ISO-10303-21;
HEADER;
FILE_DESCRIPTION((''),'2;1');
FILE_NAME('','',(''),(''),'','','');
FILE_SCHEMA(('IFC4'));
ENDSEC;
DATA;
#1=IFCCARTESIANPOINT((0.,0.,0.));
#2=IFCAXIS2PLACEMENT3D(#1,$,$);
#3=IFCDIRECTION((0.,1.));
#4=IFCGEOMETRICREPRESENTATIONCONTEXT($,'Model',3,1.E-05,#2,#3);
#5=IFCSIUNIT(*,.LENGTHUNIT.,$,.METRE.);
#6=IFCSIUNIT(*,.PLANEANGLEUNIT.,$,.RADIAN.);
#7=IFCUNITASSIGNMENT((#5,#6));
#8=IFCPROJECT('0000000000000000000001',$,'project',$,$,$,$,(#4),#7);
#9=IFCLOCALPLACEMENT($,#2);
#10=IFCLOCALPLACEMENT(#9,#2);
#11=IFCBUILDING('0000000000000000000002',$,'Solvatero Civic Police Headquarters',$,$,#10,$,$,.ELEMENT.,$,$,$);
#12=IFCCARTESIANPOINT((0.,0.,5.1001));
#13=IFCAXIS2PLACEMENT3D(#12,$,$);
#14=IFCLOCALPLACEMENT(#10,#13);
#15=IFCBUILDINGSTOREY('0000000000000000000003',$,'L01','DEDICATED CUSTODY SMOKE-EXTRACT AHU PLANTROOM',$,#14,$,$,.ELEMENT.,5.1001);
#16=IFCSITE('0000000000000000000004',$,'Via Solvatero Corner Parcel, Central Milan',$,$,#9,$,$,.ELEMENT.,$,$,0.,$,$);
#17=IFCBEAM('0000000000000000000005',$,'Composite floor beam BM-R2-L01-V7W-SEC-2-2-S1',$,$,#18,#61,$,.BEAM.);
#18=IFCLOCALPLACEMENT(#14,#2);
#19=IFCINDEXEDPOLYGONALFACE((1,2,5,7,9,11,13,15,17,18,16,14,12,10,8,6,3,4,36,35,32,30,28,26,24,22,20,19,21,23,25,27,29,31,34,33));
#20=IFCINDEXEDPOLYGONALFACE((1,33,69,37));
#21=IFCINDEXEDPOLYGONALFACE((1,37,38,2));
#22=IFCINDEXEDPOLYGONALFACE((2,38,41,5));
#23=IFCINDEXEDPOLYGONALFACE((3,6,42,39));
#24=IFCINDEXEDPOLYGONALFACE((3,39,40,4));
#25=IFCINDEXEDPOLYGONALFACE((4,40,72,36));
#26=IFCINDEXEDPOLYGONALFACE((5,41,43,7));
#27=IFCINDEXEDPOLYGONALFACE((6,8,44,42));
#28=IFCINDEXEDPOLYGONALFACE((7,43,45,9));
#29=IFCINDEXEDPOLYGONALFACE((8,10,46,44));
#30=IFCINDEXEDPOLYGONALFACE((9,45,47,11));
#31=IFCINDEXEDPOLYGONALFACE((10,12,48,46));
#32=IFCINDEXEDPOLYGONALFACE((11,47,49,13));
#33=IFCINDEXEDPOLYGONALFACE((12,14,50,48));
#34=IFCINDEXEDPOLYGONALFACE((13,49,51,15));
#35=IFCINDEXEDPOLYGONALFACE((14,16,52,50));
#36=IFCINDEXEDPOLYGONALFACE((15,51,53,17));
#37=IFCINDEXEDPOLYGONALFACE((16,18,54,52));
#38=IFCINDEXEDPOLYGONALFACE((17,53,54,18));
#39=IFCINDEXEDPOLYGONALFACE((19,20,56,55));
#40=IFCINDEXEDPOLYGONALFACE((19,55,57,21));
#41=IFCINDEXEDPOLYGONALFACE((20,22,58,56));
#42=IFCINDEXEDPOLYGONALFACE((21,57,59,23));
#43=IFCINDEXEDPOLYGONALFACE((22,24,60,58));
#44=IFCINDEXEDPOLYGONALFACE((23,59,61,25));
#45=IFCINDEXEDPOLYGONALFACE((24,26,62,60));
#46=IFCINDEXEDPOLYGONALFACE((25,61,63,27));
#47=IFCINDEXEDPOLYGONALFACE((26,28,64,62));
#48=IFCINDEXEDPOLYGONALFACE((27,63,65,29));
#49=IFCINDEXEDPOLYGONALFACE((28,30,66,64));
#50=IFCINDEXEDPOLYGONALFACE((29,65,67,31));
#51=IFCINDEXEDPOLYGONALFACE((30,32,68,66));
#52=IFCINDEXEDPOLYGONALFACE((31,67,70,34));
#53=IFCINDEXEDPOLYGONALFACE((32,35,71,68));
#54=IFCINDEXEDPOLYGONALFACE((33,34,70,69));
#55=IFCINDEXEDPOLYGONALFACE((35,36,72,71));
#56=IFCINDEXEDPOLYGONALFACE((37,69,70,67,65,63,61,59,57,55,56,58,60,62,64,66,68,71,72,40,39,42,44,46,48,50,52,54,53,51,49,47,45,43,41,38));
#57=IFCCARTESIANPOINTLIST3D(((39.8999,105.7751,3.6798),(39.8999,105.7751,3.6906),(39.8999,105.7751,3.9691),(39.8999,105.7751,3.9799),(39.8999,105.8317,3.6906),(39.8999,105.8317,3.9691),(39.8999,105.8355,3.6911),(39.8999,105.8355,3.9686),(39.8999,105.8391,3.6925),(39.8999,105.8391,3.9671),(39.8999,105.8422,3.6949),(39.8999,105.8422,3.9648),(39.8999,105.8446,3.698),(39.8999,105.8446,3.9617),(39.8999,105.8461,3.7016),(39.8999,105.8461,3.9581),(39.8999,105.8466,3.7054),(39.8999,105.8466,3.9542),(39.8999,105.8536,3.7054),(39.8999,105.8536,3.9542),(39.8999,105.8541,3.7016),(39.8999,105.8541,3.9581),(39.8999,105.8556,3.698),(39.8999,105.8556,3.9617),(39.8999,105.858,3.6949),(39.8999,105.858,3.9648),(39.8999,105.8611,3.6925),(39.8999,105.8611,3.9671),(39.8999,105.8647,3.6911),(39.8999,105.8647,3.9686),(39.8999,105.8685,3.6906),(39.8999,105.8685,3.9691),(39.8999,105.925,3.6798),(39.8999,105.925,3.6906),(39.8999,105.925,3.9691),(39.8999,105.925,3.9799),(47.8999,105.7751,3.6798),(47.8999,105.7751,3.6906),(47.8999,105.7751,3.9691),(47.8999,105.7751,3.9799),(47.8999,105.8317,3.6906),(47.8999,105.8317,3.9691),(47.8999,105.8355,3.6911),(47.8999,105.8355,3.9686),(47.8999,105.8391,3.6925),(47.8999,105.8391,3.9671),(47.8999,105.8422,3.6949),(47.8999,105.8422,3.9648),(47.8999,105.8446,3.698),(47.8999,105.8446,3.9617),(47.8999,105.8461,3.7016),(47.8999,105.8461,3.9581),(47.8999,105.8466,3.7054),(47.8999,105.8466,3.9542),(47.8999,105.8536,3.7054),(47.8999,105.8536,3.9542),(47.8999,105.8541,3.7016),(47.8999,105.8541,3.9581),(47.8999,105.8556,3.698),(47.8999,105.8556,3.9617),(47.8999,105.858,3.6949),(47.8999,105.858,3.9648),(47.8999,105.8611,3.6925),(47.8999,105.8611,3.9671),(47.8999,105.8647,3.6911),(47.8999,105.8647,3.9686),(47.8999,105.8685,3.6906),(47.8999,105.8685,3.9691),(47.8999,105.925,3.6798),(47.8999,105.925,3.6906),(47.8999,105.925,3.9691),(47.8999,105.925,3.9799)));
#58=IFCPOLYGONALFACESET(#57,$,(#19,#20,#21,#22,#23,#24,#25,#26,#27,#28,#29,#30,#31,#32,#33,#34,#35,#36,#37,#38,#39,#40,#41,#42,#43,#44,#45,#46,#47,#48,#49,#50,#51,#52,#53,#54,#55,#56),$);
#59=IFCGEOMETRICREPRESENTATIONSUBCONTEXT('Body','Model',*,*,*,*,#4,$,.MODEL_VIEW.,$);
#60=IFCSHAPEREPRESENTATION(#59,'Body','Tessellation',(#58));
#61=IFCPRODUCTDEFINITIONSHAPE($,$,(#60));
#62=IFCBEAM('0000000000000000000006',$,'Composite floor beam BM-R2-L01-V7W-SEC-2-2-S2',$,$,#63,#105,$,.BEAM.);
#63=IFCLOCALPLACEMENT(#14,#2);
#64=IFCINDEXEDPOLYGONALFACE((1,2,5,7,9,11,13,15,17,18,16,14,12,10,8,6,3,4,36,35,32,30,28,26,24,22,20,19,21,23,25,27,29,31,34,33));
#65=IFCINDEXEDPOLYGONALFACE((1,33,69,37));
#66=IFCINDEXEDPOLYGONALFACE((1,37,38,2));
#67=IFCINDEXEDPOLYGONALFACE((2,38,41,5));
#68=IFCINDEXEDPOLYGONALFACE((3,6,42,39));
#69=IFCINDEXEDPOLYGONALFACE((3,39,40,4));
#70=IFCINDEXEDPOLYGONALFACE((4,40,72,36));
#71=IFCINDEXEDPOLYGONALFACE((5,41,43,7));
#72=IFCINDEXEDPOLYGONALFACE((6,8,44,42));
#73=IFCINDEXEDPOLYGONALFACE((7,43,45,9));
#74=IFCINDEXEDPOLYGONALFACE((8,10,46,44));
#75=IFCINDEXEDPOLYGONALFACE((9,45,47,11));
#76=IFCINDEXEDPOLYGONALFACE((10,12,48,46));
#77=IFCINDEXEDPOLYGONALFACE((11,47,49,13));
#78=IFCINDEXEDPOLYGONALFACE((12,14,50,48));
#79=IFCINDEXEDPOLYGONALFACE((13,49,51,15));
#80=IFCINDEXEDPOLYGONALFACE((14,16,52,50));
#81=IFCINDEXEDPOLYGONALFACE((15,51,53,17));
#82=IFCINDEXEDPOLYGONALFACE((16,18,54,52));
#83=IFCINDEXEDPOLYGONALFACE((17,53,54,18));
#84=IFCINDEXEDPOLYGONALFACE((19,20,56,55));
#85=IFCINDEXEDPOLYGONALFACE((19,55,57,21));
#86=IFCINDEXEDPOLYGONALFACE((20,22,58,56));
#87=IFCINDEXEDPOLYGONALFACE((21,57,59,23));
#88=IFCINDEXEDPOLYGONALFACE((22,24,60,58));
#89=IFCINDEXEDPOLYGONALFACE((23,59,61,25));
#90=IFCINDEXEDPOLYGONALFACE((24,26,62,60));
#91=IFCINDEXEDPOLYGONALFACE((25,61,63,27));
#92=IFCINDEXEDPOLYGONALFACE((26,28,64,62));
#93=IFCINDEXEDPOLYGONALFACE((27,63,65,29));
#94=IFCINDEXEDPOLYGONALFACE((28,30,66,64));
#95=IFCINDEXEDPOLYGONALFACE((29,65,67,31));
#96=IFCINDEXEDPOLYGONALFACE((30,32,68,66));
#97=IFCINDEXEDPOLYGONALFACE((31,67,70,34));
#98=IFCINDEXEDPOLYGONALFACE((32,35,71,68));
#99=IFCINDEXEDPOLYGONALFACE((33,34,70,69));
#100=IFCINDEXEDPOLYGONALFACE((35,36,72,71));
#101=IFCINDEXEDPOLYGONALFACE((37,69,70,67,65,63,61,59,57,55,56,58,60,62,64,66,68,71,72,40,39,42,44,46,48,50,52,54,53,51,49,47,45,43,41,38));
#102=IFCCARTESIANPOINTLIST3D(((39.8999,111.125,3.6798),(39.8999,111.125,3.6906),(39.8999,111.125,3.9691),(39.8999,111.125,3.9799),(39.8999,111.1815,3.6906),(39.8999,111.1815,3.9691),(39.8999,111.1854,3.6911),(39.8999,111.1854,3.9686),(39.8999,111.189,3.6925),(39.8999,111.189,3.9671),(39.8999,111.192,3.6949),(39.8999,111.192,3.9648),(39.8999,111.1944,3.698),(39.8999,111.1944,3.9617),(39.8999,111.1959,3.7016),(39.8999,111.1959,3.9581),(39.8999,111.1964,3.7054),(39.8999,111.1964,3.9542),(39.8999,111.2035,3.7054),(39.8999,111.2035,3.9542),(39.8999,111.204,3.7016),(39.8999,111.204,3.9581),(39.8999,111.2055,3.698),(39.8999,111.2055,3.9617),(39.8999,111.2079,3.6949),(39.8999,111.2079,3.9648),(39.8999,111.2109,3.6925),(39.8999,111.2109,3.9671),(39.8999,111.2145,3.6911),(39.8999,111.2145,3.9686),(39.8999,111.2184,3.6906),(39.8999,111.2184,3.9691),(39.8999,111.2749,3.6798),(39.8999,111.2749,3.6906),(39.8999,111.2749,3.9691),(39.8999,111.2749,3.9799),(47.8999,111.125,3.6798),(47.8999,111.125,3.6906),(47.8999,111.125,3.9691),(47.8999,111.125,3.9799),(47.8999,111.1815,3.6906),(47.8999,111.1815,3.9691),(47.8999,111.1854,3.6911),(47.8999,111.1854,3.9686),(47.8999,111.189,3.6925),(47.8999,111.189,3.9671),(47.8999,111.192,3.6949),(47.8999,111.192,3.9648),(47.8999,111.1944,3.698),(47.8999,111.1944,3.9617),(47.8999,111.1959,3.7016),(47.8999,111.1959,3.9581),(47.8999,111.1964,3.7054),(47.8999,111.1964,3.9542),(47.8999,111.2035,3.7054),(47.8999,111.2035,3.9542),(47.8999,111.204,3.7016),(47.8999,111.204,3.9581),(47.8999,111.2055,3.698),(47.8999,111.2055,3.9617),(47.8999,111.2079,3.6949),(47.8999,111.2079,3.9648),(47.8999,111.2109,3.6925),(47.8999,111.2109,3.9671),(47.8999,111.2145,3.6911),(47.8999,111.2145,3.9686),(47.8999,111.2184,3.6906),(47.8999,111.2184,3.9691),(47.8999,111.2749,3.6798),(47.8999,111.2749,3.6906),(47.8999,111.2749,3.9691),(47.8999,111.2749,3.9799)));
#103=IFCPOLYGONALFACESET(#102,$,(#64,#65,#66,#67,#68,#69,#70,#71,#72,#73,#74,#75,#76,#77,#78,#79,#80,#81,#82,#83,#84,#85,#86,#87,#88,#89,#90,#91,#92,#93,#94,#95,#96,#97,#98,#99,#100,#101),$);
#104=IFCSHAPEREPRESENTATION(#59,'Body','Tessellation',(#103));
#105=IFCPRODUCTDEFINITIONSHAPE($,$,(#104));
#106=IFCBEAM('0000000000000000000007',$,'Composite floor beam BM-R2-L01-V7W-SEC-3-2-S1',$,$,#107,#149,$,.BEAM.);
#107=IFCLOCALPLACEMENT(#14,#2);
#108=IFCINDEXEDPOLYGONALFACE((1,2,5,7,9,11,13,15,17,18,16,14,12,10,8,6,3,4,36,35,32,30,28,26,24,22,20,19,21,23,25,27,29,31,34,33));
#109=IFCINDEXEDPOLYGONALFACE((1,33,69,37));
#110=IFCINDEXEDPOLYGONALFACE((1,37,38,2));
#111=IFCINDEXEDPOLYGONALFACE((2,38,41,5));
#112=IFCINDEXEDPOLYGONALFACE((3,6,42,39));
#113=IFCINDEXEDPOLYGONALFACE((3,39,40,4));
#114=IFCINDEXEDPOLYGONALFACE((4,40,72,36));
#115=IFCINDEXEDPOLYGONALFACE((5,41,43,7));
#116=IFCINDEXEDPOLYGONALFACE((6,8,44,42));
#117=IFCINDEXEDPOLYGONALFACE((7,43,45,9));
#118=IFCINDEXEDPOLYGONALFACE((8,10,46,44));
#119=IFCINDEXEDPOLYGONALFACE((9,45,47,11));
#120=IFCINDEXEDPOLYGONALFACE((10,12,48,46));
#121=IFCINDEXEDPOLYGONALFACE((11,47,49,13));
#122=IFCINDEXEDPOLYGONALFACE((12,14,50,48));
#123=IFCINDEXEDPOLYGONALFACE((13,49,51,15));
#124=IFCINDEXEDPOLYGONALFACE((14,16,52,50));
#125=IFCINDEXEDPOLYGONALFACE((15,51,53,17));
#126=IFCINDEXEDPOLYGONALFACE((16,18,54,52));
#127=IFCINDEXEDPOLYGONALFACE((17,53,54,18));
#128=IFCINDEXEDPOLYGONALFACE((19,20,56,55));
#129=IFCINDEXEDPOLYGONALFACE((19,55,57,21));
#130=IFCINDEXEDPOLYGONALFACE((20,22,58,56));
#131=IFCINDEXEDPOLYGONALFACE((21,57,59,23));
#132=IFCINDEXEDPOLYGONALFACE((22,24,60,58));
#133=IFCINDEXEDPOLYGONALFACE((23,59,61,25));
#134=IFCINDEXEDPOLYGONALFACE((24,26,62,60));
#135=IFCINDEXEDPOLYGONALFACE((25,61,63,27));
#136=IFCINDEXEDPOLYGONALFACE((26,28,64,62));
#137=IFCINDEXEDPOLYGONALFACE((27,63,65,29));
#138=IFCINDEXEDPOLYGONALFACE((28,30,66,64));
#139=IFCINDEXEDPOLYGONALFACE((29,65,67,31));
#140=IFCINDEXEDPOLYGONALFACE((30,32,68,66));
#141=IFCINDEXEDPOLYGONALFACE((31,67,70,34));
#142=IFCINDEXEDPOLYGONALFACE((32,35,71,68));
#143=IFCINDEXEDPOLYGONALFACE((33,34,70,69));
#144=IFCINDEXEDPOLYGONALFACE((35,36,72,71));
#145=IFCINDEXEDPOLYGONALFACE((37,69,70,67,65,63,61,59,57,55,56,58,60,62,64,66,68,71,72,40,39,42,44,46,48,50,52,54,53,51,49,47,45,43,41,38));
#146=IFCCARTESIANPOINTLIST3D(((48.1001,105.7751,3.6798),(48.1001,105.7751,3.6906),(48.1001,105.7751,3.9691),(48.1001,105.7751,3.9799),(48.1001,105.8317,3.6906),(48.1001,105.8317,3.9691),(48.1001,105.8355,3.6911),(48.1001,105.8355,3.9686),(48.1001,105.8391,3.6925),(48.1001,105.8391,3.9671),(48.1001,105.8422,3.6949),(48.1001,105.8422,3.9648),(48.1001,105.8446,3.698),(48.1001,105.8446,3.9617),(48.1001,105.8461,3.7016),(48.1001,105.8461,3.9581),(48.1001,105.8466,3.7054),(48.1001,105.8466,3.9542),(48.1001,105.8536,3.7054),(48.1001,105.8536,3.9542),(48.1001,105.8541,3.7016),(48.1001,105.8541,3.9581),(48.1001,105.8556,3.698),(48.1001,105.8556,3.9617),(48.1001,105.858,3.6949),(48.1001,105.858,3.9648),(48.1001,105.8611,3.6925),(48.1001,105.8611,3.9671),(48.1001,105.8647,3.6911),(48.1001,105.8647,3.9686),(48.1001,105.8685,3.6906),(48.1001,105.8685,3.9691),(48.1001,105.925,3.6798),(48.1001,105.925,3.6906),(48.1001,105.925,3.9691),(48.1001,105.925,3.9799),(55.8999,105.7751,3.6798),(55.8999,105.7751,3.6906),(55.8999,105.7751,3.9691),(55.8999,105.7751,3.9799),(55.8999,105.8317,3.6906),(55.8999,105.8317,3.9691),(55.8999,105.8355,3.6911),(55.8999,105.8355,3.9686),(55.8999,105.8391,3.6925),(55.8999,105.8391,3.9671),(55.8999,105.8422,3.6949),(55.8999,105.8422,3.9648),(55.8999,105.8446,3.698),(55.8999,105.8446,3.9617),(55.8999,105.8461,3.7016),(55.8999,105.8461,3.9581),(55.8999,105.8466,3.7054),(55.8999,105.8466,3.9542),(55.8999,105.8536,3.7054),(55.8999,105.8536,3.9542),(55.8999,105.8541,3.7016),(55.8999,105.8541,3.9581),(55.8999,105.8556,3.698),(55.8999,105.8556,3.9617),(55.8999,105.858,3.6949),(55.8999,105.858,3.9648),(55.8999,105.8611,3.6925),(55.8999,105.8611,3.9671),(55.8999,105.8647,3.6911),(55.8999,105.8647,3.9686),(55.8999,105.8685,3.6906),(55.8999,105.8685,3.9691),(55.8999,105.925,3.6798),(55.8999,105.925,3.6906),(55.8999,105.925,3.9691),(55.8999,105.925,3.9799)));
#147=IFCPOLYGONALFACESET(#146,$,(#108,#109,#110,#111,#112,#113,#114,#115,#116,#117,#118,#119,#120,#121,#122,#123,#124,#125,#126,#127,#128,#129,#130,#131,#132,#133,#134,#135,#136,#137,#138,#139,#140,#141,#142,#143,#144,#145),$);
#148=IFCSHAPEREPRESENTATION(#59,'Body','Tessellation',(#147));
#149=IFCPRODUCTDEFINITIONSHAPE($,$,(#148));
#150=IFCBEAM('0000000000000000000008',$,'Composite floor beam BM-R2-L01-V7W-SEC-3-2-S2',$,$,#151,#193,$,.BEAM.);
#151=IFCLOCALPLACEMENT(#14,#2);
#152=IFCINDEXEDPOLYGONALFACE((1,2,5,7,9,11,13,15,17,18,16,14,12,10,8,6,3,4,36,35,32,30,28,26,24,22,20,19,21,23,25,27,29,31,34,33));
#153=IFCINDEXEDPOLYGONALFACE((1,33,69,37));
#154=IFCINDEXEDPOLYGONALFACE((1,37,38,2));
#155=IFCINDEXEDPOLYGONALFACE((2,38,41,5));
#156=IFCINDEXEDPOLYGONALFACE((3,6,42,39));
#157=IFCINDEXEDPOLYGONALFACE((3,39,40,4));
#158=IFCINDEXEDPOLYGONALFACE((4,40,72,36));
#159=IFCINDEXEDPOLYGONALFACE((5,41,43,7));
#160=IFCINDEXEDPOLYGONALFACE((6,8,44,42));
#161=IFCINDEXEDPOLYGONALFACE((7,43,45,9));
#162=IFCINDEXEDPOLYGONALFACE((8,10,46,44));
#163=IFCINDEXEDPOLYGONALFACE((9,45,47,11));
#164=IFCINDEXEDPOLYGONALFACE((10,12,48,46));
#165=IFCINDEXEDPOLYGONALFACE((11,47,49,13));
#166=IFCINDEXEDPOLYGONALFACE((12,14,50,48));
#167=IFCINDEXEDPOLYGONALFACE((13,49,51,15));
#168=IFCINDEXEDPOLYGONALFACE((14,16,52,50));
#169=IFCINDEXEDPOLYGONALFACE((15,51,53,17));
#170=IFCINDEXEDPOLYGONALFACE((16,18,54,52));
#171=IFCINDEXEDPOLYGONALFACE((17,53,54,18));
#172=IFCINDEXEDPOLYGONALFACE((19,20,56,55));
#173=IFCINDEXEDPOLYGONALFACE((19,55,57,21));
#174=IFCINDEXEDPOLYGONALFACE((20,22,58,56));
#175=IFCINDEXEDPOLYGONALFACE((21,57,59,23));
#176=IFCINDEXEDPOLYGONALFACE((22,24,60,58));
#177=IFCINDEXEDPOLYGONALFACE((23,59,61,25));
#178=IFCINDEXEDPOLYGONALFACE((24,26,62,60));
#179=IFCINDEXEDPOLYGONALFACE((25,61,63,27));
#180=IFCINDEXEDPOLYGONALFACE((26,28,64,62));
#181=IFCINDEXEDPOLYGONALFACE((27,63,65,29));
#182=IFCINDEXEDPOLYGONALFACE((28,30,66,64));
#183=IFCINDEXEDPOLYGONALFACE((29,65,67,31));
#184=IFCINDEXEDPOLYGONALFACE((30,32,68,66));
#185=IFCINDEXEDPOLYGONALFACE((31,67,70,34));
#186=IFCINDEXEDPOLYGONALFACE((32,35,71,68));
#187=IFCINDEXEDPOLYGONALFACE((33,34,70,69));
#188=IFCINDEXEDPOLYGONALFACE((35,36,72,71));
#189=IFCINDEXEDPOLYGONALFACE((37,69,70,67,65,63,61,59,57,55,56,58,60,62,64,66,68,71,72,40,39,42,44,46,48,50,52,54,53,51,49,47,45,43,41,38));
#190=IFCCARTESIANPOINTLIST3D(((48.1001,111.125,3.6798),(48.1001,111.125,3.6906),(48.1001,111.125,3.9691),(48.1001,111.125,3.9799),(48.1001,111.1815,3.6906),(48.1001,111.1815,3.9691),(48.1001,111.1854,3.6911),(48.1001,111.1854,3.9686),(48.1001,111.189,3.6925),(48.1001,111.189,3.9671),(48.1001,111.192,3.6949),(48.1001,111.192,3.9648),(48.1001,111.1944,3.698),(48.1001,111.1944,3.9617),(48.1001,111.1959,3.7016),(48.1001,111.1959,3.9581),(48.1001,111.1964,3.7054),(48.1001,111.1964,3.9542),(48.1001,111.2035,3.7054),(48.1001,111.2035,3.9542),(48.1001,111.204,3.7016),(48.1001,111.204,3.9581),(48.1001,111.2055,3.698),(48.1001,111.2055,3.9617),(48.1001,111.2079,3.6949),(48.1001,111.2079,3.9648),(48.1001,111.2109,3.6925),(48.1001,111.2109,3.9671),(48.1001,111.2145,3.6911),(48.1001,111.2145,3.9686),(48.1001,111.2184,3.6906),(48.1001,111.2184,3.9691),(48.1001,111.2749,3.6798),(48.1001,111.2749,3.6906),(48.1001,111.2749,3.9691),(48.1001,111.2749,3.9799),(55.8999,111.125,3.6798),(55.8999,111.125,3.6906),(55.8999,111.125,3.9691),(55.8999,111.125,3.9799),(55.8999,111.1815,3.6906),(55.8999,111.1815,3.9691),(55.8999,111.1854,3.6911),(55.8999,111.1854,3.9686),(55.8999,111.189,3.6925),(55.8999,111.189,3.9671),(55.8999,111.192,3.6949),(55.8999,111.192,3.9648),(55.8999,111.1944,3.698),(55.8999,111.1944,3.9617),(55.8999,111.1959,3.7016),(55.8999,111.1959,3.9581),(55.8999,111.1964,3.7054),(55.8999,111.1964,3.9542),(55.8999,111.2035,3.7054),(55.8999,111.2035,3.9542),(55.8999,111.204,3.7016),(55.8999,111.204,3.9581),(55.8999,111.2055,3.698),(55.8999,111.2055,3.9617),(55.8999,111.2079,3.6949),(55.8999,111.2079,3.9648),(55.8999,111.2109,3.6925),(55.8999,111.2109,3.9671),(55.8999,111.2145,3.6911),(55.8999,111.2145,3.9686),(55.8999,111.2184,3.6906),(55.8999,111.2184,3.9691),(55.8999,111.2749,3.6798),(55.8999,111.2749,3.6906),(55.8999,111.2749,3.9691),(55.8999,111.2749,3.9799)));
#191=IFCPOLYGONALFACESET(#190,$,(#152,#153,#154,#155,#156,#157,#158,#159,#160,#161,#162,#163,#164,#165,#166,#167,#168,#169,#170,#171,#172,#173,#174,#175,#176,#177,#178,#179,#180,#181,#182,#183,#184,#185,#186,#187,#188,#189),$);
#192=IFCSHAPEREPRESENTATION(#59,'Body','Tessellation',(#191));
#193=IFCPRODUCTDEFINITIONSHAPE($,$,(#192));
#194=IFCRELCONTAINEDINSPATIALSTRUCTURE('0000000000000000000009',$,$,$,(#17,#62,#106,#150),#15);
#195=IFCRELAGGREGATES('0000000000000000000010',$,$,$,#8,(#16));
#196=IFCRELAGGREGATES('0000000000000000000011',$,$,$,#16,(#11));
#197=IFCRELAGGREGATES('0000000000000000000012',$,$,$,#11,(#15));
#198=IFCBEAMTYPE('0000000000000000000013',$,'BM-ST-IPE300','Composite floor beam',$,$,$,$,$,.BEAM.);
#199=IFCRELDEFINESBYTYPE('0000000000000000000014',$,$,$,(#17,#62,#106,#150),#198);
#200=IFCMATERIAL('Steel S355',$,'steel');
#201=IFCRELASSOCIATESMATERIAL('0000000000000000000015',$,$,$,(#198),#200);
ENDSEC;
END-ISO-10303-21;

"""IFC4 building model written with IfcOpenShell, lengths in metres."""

from ifc_helpers import new_model, si_unit, direction, frame, origin, origin_2d, place, context, subcontext, project, spatial, i_section, extrude, material, material_profile, profile_set, type_object, element, save


model = new_model("IFC4")

# Units and contexts
model_context = context("Model", 3, precision=1e-05, world=origin(), true_north=direction((0.0, 1.0)))
body_context = subcontext(model_context, "Body", "Model", "MODEL_VIEW")
ifc_project = project(units=[si_unit("LENGTHUNIT", "METRE"), si_unit("PLANEANGLEUNIT", "RADIAN")], contexts=[model_context])

# Site, building, storey
site_placement = place(None, origin())
site = spatial("IfcSite", under=ifc_project, at=site_placement, Name="Via Solvatero Corner Parcel, Central Milan", CompositionType="ELEMENT", RefElevation=0.0)
building_placement = place(site_placement, origin())
building = spatial("IfcBuilding", under=site, at=building_placement, Name="Solvatero Civic Police Headquarters", CompositionType="ELEMENT")
storey_placement = place(building_placement, frame((0.0, 0.0, 5.1001)))
storey = spatial("IfcBuildingStorey", under=building, at=storey_placement, Name="L01", Description="DEDICATED CUSTODY SMOKE-EXTRACT AHU PLANTROOM", CompositionType="ELEMENT", Elevation=5.1001)

# Shared definitions
ifc_material = material(Name="Steel S355", Category="steel")

# Beams
ifc_material_profile_1 = material_profile(ifc_material, i_section(OverallWidth=0.1499, OverallDepth=0.3, WebThickness=0.0071, FlangeThickness=0.0107, FilletRadius=0.0149, at=origin_2d()), Name="IPE 300")
ifc_profile_set_1 = profile_set([ifc_material_profile_1], Name="Steel S355")
beam_type_1 = type_object("IfcBeamType", Name="BM-ST-IPE300", Description="Composite floor beam", PredefinedType="BEAM", material=ifc_profile_set_1)
for number, where, z_axis, x_axis, name in (
    (1, (39.8999, 105.8501, 3.8298), (1.0, 0.0, 0.0), (0.0, 1.0, 0.0), "Composite floor beam BM-R2-L01-V7W-SEC-2-2-S1"),
    (2, (39.8999, 111.2, 3.8298), (1.0, 0.0, 0.0), (0.0, 1.0, 0.0), "Composite floor beam BM-R2-L01-V7W-SEC-2-2-S2"),
):
    element("IfcBeam", number, at=place(storey_placement, frame(where, z_axis=z_axis, x_axis=x_axis)), inside=storey, type_object=beam_type_1, Name=name, PredefinedType="BEAM", context=body_context, shape_type="SweptSolid", body=[
        extrude(i_section(OverallWidth=0.1499, OverallDepth=0.3, WebThickness=0.0071, FlangeThickness=0.0107, FilletRadius=0.0149, at=origin_2d()), origin(), (0.0, 0.0, 1.0), 8.0),
    ])
for number, where, z_axis, x_axis, name in (
    (3, (48.1001, 105.8501, 3.8298), (1.0, 0.0, 0.0), (0.0, 1.0, 0.0), "Composite floor beam BM-R2-L01-V7W-SEC-3-2-S1"),
    (4, (48.1001, 111.2, 3.8298), (1.0, 0.0, 0.0), (0.0, 1.0, 0.0), "Composite floor beam BM-R2-L01-V7W-SEC-3-2-S2"),
):
    element("IfcBeam", number, at=place(storey_placement, frame(where, z_axis=z_axis, x_axis=x_axis)), inside=storey, type_object=beam_type_1, Name=name, PredefinedType="BEAM", context=body_context, shape_type="SweptSolid", body=[
        extrude(i_section(OverallWidth=0.1499, OverallDepth=0.3, WebThickness=0.0071, FlangeThickness=0.0107, FilletRadius=0.0149, at=origin_2d()), origin(), (0.0, 0.0, 1.0), 7.7998),
    ])

save(model, "model.ifc")
